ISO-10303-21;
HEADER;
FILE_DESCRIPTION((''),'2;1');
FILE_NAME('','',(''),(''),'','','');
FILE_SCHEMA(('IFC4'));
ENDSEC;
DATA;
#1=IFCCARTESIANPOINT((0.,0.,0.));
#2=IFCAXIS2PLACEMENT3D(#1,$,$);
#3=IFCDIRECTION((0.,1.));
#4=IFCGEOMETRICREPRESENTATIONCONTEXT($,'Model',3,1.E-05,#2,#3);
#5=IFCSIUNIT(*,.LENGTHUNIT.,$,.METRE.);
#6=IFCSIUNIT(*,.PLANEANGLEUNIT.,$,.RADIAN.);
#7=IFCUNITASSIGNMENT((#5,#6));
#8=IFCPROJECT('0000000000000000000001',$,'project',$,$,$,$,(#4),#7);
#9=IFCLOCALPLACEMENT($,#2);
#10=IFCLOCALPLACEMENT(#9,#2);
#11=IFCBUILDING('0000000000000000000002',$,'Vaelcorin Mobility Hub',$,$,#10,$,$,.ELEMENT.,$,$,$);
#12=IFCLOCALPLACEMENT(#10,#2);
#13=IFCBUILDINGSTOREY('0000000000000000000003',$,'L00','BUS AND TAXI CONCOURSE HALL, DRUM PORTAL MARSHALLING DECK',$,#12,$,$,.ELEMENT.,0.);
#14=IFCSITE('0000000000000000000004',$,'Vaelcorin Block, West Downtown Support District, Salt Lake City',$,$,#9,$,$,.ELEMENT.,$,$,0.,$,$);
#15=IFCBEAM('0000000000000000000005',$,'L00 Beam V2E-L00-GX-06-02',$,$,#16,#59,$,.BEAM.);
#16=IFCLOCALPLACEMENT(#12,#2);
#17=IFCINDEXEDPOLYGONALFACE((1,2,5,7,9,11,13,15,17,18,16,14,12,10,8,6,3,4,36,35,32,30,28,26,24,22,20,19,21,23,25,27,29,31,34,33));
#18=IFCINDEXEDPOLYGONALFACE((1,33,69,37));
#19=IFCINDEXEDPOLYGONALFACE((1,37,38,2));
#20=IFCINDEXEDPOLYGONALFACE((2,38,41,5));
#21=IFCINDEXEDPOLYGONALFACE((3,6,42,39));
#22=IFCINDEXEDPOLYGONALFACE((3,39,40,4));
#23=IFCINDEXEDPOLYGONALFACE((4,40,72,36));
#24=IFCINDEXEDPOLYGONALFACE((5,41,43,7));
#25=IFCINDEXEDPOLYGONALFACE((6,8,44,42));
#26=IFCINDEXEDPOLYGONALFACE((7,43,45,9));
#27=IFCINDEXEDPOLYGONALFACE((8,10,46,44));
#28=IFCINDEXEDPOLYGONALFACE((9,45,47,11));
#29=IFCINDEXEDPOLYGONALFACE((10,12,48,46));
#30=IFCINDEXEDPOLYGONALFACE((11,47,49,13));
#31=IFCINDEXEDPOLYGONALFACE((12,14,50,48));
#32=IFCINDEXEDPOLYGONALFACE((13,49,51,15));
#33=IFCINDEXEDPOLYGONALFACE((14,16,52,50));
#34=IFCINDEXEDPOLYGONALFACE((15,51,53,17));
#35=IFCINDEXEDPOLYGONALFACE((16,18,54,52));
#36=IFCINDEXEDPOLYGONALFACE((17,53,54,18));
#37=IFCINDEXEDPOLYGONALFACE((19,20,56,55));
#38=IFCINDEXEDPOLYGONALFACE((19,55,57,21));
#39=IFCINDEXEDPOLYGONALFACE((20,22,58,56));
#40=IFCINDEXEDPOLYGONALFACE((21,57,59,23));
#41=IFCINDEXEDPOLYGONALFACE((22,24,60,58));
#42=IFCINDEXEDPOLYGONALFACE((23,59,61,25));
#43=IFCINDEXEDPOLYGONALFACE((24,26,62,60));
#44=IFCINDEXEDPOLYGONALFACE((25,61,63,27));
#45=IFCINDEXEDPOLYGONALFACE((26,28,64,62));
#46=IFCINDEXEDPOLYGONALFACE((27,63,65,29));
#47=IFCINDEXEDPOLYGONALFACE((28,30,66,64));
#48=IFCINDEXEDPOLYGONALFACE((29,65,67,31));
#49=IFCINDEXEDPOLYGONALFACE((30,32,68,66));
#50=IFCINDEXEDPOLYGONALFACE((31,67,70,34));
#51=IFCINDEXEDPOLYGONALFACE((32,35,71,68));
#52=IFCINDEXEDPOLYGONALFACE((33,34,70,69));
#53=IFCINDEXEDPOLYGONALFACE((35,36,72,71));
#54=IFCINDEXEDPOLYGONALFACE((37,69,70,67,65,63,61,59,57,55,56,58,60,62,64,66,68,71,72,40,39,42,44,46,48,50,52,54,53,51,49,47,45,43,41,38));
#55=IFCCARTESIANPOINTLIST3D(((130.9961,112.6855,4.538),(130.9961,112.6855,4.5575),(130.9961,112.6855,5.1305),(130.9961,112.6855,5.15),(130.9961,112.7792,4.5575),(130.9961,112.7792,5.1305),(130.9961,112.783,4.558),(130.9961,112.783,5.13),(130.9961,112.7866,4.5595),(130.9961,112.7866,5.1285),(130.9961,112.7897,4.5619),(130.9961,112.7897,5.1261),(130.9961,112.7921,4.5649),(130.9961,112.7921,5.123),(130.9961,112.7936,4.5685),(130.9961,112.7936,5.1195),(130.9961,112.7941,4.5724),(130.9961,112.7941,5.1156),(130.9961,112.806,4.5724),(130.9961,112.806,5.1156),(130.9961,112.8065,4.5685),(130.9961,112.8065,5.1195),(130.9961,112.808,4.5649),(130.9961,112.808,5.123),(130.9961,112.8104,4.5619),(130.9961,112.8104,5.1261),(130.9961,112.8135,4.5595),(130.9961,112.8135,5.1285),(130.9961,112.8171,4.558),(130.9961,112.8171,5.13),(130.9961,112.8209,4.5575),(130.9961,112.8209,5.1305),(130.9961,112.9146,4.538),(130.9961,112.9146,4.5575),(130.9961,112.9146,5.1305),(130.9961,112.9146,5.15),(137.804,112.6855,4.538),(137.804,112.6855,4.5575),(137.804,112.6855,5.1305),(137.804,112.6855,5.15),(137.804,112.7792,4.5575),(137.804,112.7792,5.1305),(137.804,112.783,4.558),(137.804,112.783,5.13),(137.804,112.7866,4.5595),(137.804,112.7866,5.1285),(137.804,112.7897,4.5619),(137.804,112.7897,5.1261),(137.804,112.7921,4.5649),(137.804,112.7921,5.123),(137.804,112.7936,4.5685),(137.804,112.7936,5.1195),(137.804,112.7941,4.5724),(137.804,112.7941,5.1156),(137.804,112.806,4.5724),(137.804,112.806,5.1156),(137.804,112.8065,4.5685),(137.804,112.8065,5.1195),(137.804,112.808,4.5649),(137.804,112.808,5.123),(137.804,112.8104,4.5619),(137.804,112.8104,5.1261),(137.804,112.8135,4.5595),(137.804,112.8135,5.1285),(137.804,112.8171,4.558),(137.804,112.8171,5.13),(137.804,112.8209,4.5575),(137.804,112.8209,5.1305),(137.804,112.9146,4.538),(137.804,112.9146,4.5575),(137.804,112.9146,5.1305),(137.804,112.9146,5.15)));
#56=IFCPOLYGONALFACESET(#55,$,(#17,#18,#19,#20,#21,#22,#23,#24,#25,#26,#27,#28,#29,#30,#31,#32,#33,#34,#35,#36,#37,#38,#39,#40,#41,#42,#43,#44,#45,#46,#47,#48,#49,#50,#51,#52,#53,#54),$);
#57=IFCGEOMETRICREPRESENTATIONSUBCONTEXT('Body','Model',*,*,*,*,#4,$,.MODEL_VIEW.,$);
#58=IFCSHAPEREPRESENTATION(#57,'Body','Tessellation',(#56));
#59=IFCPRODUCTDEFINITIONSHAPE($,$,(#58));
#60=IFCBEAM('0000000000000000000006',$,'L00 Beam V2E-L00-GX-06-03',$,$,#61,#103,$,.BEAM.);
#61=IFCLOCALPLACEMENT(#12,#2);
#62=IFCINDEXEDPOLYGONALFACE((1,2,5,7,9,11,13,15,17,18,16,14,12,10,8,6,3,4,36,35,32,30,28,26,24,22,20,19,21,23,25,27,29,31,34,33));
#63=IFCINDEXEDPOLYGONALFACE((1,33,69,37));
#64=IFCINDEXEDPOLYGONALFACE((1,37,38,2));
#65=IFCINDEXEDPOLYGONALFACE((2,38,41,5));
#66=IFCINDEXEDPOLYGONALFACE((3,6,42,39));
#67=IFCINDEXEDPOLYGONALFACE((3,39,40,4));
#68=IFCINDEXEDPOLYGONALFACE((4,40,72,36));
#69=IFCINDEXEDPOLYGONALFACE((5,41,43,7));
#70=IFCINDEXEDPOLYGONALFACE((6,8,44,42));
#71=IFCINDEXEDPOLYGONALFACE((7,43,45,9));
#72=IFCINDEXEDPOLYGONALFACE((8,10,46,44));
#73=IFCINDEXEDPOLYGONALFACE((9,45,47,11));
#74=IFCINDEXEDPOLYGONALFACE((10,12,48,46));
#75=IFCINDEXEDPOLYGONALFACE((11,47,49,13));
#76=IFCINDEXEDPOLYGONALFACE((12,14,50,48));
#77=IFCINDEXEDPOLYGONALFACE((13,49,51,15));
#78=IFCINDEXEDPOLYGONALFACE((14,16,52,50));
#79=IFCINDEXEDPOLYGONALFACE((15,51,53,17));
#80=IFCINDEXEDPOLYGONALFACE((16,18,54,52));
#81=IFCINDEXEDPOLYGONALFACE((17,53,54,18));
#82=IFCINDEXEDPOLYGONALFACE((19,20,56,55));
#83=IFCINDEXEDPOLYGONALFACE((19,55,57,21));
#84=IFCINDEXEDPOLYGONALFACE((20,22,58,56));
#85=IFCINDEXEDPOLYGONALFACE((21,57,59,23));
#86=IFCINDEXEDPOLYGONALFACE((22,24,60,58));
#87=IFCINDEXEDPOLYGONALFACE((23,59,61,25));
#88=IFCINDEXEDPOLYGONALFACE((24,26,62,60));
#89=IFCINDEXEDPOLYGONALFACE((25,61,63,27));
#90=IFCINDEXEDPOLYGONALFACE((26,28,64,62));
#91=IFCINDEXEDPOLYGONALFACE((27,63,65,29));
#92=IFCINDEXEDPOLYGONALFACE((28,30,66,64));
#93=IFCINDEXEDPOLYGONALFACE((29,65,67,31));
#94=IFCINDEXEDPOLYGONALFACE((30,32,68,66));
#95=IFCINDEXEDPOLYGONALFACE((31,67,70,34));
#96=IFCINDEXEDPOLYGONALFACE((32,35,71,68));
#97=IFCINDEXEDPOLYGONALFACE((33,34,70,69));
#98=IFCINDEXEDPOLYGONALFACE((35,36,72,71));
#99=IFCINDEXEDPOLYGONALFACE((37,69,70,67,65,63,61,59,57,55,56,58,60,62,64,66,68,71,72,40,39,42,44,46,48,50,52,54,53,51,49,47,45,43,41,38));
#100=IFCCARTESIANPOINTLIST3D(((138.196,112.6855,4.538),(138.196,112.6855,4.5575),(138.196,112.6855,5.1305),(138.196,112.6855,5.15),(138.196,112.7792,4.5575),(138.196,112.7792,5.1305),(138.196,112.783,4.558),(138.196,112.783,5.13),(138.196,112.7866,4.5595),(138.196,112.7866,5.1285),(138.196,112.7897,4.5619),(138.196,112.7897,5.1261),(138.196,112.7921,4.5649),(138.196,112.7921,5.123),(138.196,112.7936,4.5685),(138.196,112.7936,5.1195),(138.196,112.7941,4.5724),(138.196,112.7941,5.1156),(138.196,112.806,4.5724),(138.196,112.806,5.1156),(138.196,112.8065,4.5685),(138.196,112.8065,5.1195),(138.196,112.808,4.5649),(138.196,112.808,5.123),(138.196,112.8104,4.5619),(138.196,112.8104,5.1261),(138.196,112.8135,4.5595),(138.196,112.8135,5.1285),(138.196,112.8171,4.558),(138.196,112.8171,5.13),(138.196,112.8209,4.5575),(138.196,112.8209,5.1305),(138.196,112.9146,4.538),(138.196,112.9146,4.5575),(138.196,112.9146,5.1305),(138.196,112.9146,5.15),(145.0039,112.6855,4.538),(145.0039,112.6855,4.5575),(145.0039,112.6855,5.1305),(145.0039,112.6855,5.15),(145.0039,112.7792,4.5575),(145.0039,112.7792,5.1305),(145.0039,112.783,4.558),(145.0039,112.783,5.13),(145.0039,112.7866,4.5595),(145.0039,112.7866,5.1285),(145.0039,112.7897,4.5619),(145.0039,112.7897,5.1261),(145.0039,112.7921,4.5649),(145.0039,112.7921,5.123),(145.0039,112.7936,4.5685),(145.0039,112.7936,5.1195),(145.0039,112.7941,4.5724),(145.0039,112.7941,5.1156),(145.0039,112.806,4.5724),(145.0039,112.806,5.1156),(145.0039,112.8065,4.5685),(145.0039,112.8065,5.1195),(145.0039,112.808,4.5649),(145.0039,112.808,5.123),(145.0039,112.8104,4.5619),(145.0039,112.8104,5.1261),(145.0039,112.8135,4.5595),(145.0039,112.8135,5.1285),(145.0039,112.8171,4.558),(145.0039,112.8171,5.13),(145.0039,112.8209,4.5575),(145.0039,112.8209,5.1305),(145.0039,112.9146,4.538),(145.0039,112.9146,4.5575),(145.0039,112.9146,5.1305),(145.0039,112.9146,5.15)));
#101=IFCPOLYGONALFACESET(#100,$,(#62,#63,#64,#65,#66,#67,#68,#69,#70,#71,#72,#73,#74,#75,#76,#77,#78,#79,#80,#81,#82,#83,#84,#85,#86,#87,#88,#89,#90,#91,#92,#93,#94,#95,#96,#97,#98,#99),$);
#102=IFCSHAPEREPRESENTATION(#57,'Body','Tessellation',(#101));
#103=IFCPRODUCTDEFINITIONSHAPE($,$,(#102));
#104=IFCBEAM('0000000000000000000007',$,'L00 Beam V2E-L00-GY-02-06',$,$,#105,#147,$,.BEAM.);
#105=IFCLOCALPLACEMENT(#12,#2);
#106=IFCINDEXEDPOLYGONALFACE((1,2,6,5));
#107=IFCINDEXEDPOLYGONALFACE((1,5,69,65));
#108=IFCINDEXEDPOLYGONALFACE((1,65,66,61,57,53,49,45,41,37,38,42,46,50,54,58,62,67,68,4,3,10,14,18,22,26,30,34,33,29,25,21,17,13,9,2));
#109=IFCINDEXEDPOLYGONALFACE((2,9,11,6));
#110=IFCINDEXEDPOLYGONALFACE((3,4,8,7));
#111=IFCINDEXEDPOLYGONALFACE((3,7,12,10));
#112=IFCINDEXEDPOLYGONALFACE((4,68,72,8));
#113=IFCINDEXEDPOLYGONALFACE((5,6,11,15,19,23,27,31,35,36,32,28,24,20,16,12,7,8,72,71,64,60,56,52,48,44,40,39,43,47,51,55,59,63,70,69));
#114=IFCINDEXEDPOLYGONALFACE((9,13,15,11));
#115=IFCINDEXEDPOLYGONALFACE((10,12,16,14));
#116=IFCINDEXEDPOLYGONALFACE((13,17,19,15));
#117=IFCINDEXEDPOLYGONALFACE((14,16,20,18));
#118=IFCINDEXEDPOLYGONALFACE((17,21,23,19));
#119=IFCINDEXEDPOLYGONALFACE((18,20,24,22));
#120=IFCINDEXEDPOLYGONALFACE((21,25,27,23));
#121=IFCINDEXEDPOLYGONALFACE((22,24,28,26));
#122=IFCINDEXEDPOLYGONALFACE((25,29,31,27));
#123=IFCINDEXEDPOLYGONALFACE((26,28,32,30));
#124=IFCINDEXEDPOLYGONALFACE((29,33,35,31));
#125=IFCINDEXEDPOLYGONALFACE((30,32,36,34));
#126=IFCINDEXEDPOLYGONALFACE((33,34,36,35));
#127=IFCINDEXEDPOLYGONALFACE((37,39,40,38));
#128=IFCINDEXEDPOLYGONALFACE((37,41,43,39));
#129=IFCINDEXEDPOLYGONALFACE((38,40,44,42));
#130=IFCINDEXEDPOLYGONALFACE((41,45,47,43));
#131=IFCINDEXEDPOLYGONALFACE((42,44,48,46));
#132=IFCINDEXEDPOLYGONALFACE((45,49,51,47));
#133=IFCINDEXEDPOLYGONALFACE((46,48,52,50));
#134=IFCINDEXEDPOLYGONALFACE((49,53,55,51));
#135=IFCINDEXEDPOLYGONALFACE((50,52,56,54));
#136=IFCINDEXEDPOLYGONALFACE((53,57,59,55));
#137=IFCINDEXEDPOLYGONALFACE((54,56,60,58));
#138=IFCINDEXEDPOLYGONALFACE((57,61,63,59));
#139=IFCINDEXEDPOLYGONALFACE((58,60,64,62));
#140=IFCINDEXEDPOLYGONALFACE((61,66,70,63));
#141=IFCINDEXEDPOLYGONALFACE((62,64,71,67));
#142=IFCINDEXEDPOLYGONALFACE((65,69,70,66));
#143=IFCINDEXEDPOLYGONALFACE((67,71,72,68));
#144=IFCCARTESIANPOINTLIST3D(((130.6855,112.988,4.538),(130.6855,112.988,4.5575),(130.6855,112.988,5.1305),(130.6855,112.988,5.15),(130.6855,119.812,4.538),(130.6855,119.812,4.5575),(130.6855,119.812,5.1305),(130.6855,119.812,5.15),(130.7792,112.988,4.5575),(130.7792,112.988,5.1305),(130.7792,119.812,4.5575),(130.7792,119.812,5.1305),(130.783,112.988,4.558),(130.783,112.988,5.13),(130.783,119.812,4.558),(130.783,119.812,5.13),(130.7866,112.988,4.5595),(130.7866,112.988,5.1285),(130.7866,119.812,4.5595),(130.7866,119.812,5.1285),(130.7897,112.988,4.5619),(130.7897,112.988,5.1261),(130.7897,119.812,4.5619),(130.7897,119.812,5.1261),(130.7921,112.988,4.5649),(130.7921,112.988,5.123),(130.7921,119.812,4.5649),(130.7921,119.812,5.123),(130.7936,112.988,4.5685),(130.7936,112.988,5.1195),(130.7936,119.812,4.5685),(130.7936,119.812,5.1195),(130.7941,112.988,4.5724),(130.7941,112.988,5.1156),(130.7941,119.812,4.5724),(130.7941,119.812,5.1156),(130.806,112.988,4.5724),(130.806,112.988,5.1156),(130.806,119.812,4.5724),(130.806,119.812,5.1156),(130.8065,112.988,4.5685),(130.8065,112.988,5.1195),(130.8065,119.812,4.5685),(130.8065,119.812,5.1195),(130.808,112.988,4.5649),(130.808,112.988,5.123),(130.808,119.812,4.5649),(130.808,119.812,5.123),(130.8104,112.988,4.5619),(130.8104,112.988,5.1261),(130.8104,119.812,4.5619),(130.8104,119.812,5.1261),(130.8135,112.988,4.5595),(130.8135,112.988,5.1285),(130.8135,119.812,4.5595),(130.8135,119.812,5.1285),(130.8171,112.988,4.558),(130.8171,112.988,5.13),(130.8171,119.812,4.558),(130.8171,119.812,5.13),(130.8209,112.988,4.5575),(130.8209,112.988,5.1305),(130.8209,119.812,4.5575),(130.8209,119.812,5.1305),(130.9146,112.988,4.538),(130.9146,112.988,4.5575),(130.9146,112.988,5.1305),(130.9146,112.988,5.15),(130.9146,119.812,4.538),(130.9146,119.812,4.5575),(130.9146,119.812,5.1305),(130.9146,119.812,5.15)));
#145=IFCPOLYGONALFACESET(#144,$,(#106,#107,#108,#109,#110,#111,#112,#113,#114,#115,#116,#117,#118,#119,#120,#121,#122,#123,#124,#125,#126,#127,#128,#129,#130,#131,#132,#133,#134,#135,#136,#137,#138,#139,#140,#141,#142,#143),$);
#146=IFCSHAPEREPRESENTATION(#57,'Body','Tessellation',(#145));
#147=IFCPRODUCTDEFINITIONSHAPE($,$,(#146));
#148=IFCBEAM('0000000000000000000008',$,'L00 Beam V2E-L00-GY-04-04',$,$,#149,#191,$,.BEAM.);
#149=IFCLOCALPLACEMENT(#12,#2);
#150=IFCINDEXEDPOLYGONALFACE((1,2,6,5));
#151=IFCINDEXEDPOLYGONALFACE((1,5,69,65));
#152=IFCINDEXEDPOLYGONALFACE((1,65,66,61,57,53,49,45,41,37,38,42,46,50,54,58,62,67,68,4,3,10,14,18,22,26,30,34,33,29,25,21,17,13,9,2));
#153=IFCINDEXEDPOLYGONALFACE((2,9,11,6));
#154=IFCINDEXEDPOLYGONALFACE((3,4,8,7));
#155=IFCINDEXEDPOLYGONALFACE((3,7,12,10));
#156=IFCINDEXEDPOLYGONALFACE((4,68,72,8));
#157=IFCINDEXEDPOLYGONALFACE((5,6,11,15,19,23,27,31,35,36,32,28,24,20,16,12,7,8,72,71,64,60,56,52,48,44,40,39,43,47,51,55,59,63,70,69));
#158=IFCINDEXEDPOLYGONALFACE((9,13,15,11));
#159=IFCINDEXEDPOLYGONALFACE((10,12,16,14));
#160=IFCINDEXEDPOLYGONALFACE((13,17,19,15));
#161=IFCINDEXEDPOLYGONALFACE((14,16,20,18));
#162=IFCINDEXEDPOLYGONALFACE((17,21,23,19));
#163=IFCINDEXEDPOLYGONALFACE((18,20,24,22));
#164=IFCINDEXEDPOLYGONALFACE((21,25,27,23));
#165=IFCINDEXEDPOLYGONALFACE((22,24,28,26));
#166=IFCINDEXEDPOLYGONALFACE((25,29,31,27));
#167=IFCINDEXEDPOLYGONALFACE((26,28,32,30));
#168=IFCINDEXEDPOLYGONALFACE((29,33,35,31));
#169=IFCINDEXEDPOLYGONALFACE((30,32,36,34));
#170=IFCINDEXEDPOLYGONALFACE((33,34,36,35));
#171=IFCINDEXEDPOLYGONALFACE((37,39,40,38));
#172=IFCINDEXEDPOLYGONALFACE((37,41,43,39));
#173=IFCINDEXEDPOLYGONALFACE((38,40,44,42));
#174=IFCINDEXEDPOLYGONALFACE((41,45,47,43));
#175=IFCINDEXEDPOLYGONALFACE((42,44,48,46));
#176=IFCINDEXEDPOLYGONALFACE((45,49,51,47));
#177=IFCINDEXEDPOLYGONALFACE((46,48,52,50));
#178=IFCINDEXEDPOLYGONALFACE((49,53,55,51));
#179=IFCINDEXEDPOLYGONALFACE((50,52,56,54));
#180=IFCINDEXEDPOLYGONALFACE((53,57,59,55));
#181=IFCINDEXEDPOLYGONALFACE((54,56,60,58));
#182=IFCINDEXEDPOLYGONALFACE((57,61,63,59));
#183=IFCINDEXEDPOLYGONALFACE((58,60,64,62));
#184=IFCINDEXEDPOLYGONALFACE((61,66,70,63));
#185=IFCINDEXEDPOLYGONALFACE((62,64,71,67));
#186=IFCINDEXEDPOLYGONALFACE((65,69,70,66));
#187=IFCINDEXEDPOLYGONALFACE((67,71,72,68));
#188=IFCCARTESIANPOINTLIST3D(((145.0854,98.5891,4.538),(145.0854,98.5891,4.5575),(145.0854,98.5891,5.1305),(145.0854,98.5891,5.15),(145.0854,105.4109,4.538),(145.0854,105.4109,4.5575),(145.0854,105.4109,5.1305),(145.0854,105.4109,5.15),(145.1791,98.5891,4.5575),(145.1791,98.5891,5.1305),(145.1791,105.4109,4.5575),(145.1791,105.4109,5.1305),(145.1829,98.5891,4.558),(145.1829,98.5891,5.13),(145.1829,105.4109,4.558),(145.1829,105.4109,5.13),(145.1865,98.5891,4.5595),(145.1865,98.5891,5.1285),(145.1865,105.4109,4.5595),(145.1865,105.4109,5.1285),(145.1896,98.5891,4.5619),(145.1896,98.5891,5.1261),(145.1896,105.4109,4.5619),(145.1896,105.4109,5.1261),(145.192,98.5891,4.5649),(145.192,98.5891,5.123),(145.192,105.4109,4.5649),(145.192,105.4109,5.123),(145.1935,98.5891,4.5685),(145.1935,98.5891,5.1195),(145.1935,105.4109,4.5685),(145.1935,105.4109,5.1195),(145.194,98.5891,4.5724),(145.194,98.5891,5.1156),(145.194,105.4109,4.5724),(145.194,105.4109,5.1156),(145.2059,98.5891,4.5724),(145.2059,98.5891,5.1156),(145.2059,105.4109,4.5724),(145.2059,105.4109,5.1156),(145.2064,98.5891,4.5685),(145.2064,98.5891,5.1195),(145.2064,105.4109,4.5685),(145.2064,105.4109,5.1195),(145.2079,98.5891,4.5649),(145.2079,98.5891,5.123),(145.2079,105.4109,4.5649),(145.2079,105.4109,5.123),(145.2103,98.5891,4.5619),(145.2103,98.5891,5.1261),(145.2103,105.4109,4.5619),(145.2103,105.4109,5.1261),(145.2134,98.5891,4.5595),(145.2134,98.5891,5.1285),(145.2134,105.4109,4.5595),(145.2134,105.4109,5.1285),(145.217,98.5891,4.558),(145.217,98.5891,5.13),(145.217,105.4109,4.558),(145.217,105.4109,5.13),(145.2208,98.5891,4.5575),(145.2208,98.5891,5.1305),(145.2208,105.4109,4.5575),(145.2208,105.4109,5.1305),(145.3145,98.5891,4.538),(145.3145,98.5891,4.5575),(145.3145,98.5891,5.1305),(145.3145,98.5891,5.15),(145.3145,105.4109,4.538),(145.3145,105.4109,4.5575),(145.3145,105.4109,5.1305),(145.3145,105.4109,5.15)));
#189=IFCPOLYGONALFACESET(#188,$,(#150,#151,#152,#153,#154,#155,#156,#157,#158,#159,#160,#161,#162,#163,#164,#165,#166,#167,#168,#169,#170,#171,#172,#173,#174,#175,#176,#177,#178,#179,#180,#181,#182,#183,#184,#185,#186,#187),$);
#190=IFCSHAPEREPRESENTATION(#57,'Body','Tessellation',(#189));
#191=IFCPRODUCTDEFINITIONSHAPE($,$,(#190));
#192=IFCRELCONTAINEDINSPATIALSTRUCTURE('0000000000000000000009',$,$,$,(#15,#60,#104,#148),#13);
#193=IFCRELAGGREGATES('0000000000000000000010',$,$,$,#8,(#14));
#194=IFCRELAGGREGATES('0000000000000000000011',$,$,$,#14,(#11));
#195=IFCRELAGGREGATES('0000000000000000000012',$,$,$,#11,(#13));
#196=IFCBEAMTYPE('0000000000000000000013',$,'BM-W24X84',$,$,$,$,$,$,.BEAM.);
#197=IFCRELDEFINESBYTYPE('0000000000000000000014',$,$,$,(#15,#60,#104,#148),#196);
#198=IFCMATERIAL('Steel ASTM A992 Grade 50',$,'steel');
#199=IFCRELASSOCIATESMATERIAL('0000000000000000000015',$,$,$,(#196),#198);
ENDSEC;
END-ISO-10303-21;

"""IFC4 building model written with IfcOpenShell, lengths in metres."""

from ifc_helpers import new_model, si_unit, direction, frame, origin, origin_2d, place, context, subcontext, project, spatial, i_section, extrude, material, material_profile, profile_set, type_object, element, save


model = new_model("IFC4")

# Units and contexts
model_context = context("Model", 3, precision=1e-05, world=origin(), true_north=direction((0.0, 1.0)))
body_context = subcontext(model_context, "Body", "Model", "MODEL_VIEW")
ifc_project = project(units=[si_unit("LENGTHUNIT", "METRE"), si_unit("PLANEANGLEUNIT", "RADIAN")], contexts=[model_context])

# Site, building, storey
site_placement = place(None, origin())
site = spatial("IfcSite", under=ifc_project, at=site_placement, Name="Vaelcorin Block, West Downtown Support District, Salt Lake City", CompositionType="ELEMENT", RefElevation=0.0)
building_placement = place(site_placement, origin())
building = spatial("IfcBuilding", under=site, at=building_placement, Name="Vaelcorin Mobility Hub", CompositionType="ELEMENT")
storey_placement = place(building_placement, origin())
storey = spatial("IfcBuildingStorey", under=building, at=storey_placement, Name="L00", Description="BUS AND TAXI CONCOURSE HALL, DRUM PORTAL MARSHALLING DECK", CompositionType="ELEMENT", Elevation=0.0)

# Shared definitions
ifc_material_1 = material(Name="Steel ASTM A992 Grade 50", Category="steel")

# Beams
ifc_material_profile_1 = material_profile(ifc_material_1, i_section(OverallWidth=0.229, OverallDepth=0.6121, WebThickness=0.012, FlangeThickness=0.0195, FilletRadius=0.0149, at=origin_2d()), Name="W24X84")
ifc_profile_set_1 = profile_set([ifc_material_profile_1], Name="Steel ASTM A992 Grade 50")
beam_type_1 = type_object("IfcBeamType", Name="BM-W24X84", PredefinedType="BEAM", material=ifc_profile_set_1)
for number, where, z_axis, x_axis, name in (
    (1, (130.9961, 112.8, 4.844), (1.0, 0.0, 0.0), (0.0, 1.0, 0.0), "L00 Beam V2E-L00-GX-06-02"),
    (2, (138.196, 112.8, 4.844), (1.0, 0.0, 0.0), (0.0, 1.0, 0.0), "L00 Beam V2E-L00-GX-06-03"),
):
    element("IfcBeam", number, at=place(storey_placement, frame(where, z_axis=z_axis, x_axis=x_axis)), inside=storey, type_object=beam_type_1, Name=name, PredefinedType="BEAM", context=body_context, shape_type="SweptSolid", body=[
        extrude(i_section(OverallWidth=0.229, OverallDepth=0.6121, WebThickness=0.012, FlangeThickness=0.0195, FilletRadius=0.0149, at=origin_2d()), origin(), (0.0, 0.0, 1.0), 6.8079),
    ])
beam_1_placement = place(storey_placement, frame((130.8, 112.988, 4.844), z_axis=(0.0, 1.0, 0.0), x_axis=(-1.0, 0.0, 0.0)))
element("IfcBeam", 3, at=beam_1_placement, inside=storey, type_object=beam_type_1, Name="L00 Beam V2E-L00-GY-02-06", PredefinedType="BEAM", context=body_context, shape_type="SweptSolid", body=[
    extrude(i_section(OverallWidth=0.229, OverallDepth=0.6121, WebThickness=0.012, FlangeThickness=0.0195, FilletRadius=0.0149, at=origin_2d()), origin(), (0.0, 0.0, 1.0), 6.824),
])
beam_2_placement = place(storey_placement, frame((145.2, 98.5891, 4.844), z_axis=(0.0, 1.0, 0.0), x_axis=(-1.0, 0.0, 0.0)))
element("IfcBeam", 4, at=beam_2_placement, inside=storey, type_object=beam_type_1, Name="L00 Beam V2E-L00-GY-04-04", PredefinedType="BEAM", context=body_context, shape_type="SweptSolid", body=[
    extrude(i_section(OverallWidth=0.229, OverallDepth=0.6121, WebThickness=0.012, FlangeThickness=0.0195, FilletRadius=0.0149, at=origin_2d()), origin(), (0.0, 0.0, 1.0), 6.8218),
])

save(model, "model.ifc")
